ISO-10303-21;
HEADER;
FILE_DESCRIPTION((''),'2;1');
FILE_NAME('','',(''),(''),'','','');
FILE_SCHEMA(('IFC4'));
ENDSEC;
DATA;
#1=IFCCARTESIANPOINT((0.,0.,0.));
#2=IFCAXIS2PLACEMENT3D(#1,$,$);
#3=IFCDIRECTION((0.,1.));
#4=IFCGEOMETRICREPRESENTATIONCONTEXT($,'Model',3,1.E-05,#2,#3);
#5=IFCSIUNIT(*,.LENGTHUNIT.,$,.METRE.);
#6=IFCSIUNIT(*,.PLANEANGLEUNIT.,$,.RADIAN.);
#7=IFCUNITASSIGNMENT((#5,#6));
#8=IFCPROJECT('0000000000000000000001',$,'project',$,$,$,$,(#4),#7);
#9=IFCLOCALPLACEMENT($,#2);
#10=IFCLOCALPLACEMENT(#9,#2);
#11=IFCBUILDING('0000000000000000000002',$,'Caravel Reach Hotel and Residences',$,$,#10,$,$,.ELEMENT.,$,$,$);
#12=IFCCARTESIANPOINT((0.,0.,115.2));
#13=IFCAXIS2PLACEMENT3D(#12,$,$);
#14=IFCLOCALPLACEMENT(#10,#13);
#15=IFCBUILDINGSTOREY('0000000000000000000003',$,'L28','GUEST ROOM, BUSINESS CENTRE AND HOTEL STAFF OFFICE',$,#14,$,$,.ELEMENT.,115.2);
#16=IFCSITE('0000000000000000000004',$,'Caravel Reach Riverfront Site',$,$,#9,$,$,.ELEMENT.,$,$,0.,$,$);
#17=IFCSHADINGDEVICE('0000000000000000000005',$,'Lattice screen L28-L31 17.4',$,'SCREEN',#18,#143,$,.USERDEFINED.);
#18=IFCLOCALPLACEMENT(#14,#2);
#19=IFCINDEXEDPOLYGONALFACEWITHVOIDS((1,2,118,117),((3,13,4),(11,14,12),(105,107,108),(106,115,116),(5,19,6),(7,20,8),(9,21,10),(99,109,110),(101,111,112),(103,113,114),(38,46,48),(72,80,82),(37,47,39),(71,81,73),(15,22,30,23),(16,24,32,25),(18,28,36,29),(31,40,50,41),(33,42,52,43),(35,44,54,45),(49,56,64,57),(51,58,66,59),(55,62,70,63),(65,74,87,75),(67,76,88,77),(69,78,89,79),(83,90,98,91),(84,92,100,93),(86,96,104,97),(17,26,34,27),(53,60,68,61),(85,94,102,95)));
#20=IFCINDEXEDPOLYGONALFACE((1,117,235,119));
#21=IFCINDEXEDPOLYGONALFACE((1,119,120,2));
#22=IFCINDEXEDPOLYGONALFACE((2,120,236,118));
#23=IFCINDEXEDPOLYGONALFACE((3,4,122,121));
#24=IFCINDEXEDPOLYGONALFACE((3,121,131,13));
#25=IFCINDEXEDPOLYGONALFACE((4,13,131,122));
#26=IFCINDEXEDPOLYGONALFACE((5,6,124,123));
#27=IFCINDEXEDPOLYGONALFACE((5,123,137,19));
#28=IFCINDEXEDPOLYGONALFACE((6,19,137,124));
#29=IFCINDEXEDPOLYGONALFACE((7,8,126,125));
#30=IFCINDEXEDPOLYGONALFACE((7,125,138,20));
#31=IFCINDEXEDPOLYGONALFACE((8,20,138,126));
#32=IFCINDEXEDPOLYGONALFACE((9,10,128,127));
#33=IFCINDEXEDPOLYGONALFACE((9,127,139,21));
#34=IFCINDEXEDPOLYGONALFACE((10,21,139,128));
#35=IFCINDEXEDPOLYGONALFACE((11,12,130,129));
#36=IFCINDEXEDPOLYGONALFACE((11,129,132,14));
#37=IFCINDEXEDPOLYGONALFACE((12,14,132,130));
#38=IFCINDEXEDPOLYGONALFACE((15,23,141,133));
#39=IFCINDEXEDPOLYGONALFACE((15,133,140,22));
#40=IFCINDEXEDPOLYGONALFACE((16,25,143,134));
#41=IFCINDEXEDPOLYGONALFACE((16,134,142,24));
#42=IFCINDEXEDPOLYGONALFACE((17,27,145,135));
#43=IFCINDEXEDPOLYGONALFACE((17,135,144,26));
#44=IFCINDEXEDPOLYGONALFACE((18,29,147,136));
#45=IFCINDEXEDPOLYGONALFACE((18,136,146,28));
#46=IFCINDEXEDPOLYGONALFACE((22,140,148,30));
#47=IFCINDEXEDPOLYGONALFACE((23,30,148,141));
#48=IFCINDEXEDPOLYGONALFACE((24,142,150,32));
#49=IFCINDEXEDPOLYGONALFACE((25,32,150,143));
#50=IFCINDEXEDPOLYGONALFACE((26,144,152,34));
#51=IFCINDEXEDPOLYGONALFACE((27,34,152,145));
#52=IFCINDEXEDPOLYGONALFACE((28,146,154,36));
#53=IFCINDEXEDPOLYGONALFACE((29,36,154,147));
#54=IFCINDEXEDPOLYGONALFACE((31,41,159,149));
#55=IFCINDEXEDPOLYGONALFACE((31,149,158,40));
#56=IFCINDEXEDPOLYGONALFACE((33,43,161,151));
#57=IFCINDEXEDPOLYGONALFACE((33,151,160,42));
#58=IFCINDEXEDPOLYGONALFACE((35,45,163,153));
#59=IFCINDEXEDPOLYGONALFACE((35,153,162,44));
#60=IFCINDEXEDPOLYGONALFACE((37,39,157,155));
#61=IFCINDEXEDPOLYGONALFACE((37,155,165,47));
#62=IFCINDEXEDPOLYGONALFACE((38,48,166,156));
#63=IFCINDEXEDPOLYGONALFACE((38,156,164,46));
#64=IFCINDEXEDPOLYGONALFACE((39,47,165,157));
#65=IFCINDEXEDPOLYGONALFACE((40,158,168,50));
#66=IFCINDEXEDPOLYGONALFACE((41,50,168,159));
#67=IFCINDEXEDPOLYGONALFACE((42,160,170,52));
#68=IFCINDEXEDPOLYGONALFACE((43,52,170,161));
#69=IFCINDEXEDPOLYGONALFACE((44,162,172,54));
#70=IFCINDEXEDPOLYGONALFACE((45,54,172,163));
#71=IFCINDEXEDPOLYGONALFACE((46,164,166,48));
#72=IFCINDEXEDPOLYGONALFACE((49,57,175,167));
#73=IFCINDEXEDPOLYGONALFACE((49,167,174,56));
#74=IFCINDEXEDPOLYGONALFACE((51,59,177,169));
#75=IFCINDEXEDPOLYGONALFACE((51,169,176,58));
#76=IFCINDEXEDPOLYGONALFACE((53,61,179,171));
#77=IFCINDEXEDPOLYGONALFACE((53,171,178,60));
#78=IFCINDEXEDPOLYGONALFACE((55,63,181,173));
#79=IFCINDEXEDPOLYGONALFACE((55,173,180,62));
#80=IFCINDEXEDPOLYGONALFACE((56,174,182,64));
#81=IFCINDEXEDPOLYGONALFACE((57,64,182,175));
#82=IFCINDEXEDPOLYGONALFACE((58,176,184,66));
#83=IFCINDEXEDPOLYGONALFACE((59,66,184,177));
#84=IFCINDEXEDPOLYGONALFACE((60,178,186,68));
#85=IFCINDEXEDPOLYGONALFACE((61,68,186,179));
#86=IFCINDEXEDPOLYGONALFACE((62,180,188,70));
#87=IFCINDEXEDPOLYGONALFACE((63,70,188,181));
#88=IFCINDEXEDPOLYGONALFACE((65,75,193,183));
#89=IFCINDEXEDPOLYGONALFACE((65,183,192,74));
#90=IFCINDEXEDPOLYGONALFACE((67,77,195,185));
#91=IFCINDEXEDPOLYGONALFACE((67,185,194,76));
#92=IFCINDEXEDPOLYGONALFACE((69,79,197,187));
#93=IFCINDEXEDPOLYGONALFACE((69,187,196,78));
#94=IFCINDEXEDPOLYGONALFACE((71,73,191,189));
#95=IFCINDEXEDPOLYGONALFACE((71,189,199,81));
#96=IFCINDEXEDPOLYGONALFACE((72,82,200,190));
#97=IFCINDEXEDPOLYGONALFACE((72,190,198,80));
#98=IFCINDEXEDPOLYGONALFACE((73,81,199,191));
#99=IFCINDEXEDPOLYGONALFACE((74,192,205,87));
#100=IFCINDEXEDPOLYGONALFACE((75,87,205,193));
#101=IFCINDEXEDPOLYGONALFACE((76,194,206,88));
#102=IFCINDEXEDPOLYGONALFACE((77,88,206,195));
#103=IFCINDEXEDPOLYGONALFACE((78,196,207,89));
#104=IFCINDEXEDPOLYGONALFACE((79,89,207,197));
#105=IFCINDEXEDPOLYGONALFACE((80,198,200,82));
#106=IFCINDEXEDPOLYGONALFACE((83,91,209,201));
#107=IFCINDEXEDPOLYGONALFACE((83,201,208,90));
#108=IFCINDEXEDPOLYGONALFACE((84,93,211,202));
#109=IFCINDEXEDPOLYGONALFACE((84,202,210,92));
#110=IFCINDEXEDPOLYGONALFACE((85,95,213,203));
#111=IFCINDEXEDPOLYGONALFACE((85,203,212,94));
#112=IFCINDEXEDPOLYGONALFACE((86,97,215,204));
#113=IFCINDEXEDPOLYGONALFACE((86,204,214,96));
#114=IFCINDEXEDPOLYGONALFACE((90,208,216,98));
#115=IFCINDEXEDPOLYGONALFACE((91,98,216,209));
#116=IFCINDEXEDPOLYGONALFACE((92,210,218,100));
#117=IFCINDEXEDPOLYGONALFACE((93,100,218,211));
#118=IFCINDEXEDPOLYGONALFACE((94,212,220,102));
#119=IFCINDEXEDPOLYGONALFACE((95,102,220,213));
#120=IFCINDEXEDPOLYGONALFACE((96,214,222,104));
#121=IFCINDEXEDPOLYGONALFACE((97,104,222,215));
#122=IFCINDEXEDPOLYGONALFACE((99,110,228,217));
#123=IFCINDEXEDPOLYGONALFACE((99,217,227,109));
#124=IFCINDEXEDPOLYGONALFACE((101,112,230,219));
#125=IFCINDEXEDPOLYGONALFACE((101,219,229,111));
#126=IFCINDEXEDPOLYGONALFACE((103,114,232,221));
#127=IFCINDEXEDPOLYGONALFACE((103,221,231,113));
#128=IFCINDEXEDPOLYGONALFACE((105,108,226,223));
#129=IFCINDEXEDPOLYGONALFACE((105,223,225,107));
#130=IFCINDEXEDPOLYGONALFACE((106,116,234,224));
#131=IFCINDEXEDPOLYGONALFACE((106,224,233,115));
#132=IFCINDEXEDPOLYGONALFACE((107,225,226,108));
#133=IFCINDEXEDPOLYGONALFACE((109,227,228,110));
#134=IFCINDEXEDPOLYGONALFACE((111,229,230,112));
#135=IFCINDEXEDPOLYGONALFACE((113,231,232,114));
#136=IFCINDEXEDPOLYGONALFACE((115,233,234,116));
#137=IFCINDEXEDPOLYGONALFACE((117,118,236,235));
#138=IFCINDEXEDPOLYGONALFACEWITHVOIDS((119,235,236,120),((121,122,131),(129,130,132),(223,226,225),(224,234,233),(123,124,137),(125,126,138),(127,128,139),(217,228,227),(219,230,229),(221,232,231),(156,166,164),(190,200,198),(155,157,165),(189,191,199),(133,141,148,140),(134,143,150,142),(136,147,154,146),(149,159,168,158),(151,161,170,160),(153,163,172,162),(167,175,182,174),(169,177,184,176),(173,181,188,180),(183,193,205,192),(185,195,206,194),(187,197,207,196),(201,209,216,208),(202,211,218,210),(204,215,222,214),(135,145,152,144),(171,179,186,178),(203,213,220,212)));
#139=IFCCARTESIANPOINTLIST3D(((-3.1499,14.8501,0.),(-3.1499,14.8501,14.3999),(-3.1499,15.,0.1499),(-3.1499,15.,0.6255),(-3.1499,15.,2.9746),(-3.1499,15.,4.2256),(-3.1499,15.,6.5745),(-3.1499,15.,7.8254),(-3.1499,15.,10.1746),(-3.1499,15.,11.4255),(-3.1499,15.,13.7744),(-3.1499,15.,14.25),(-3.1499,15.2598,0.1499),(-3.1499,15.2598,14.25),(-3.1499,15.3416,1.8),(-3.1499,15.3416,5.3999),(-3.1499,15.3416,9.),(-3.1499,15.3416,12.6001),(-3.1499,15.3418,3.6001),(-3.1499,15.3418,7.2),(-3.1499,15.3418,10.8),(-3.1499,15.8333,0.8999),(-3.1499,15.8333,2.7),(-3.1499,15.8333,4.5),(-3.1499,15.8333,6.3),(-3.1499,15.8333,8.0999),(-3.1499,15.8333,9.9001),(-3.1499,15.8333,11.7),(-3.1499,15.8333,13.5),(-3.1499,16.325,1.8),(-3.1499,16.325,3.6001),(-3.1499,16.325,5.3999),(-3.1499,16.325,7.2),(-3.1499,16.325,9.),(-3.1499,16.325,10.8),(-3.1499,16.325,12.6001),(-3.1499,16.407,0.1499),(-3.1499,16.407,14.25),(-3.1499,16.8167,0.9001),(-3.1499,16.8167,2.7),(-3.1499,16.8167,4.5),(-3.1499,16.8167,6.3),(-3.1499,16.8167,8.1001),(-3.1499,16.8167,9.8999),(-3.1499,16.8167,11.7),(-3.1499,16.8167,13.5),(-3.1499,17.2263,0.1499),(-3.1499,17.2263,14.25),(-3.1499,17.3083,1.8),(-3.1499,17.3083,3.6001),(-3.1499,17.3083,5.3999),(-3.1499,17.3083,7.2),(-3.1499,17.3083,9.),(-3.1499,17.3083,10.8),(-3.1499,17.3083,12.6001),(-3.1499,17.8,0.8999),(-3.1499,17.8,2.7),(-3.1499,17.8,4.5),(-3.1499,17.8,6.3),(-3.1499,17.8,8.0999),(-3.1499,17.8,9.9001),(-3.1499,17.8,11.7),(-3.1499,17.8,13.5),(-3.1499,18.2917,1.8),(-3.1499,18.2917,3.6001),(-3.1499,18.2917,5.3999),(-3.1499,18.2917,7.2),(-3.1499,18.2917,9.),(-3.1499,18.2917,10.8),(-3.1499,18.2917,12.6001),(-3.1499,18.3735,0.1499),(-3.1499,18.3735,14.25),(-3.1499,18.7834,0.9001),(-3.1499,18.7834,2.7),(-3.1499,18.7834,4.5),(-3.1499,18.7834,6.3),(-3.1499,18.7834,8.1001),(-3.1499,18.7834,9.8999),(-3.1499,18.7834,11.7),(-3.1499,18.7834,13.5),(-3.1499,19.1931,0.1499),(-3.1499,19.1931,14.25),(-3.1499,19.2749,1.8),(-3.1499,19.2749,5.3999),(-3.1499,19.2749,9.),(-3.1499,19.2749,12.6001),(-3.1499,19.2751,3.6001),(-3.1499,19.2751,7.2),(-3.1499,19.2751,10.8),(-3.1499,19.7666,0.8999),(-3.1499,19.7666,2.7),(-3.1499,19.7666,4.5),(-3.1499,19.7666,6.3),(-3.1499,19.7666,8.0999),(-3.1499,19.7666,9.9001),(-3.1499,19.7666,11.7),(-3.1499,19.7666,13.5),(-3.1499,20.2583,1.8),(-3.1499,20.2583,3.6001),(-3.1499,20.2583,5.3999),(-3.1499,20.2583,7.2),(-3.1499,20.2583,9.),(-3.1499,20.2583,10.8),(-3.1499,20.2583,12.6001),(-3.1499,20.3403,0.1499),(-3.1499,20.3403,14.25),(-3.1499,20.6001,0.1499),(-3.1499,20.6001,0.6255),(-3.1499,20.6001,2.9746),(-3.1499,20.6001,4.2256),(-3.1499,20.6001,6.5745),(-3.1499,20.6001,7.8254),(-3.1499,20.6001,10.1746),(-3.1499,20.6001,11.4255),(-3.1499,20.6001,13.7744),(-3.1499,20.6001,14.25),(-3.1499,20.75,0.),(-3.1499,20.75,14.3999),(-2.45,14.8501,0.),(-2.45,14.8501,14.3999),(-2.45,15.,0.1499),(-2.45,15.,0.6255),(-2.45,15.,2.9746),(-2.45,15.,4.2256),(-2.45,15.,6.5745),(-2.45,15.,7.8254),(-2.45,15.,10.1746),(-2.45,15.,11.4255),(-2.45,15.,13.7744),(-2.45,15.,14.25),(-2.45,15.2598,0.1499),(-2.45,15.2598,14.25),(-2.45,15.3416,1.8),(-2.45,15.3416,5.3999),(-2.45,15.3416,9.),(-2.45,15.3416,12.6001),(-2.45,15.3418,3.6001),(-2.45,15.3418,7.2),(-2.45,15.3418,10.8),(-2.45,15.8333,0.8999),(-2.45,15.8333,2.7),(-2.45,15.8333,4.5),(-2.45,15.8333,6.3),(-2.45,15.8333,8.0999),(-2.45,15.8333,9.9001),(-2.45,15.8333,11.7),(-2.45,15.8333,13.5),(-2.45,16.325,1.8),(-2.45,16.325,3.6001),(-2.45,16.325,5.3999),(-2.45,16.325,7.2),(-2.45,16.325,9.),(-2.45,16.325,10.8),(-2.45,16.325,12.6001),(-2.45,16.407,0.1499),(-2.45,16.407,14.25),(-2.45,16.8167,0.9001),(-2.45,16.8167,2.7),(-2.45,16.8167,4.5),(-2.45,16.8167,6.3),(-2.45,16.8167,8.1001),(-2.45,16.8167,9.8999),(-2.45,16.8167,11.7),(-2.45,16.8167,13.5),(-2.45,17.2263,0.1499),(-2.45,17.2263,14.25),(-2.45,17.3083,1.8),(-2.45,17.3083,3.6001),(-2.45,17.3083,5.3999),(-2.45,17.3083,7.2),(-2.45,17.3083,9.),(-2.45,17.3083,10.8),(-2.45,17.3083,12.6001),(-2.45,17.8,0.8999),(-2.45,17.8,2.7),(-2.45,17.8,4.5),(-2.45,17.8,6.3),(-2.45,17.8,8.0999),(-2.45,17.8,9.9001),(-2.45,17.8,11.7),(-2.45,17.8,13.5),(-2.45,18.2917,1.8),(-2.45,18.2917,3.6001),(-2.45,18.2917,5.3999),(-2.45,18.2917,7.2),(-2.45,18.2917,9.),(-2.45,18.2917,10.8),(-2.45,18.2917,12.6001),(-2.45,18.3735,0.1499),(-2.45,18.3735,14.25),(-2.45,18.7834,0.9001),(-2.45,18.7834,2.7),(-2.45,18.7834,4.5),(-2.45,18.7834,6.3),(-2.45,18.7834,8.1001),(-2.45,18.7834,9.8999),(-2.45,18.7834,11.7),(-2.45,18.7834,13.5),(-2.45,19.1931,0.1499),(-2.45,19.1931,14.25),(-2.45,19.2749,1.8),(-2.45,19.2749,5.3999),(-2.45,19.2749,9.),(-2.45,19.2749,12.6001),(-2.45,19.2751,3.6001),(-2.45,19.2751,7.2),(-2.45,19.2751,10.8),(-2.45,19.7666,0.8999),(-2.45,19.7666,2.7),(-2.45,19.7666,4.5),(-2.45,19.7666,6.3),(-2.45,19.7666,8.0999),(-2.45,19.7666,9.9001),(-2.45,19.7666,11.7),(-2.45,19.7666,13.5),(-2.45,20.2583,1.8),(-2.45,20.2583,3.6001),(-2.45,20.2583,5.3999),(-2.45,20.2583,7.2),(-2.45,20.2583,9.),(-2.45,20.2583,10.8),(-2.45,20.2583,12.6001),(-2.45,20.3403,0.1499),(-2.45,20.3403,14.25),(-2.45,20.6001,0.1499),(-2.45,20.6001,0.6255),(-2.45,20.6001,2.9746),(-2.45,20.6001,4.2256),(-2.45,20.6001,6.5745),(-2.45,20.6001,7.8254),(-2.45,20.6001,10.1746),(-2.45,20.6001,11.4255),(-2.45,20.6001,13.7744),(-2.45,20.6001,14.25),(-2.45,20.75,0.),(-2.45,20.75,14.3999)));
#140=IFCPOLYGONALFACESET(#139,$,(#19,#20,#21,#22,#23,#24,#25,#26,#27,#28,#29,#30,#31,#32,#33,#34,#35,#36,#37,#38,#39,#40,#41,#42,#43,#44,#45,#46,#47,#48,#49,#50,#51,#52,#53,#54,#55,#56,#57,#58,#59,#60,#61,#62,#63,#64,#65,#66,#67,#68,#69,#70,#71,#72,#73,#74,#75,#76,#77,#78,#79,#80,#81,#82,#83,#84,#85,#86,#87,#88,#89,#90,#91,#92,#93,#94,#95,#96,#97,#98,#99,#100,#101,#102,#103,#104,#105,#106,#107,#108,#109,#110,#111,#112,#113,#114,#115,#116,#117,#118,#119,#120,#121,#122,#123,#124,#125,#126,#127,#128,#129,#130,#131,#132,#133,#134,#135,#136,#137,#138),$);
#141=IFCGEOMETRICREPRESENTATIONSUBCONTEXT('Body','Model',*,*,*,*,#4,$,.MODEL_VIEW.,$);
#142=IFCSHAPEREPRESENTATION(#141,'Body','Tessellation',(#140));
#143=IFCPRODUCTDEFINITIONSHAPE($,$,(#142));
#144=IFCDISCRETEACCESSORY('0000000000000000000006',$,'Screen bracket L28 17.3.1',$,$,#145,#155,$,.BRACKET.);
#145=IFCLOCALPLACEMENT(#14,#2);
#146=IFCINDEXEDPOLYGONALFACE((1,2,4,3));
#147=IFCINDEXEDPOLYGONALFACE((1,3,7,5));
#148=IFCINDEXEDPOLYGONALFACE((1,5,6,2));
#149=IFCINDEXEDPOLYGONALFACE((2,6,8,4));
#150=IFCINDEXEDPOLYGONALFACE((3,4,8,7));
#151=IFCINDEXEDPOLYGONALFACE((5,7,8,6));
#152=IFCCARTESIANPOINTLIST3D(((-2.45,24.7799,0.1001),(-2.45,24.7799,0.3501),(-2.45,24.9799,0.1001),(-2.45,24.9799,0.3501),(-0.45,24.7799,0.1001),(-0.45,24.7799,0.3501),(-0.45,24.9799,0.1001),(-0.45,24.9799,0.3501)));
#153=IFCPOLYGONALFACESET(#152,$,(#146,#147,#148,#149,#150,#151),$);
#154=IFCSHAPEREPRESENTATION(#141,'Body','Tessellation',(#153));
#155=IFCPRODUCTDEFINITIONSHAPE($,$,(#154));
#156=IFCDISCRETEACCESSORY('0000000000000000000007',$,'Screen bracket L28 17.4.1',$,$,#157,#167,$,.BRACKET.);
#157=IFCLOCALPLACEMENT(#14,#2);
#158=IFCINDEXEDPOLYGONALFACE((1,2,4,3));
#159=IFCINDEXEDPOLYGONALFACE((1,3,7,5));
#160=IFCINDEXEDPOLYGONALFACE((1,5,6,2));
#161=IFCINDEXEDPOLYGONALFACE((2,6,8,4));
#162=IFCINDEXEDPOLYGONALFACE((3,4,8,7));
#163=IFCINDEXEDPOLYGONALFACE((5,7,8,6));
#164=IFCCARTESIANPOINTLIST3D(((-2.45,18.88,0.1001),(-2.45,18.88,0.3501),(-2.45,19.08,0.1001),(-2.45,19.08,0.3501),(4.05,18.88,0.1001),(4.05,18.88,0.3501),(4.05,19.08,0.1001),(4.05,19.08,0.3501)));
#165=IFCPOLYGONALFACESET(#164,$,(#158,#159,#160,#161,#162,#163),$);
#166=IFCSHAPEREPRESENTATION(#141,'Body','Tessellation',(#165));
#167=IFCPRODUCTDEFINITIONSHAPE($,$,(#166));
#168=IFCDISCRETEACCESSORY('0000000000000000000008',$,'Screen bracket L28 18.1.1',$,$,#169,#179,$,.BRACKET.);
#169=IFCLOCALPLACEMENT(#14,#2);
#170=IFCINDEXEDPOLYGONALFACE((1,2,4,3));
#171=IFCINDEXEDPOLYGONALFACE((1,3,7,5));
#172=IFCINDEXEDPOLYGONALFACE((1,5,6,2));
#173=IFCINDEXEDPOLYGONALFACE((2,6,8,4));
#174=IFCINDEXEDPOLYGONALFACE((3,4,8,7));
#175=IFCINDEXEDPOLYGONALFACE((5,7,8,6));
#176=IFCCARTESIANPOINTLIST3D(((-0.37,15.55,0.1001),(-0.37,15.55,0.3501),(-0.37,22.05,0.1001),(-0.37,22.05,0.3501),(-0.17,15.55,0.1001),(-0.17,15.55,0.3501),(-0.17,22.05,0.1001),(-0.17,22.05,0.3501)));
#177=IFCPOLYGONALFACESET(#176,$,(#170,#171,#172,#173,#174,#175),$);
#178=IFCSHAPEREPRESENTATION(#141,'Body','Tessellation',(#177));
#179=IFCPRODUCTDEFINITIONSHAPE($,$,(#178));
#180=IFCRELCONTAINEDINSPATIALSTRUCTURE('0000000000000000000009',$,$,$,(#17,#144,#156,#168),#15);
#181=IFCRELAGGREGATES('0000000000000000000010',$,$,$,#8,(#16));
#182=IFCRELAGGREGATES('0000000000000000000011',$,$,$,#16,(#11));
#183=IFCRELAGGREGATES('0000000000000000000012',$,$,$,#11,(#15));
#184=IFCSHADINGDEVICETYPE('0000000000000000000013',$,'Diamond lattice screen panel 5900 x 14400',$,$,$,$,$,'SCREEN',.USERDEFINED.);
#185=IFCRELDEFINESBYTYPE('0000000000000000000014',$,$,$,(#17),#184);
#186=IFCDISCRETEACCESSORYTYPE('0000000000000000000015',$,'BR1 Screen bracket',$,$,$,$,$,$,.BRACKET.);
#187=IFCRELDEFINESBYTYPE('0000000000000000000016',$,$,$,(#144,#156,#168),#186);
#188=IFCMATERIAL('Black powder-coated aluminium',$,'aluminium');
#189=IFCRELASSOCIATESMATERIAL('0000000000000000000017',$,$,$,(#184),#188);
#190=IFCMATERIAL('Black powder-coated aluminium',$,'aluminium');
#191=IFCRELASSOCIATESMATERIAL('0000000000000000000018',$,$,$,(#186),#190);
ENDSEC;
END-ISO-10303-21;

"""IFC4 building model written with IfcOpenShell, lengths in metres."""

from ifc_helpers import new_model, si_unit, direction, frame, origin, origin_2d, place, context, subcontext, project, spatial, polyline, rectangle, outline, extrude, material, type_object, element, save


model = new_model("IFC4")

# Units and contexts
model_context = context("Model", 3, precision=1e-05, world=origin(), true_north=direction((0.0, 1.0)))
body_context = subcontext(model_context, "Body", "Model", "MODEL_VIEW")
ifc_project = project(units=[si_unit("LENGTHUNIT", "METRE"), si_unit("PLANEANGLEUNIT", "RADIAN")], contexts=[model_context])

# Site, building, storey
site_placement = place(None, origin())
site = spatial("IfcSite", under=ifc_project, at=site_placement, Name="Caravel Reach Riverfront Site", CompositionType="ELEMENT", RefElevation=0.0)
building_placement = place(site_placement, origin())
building = spatial("IfcBuilding", under=site, at=building_placement, Name="Caravel Reach Hotel and Residences", CompositionType="ELEMENT")
storey_placement = place(building_placement, frame((0.0, 0.0, 115.2)))
storey = spatial("IfcBuildingStorey", under=building, at=storey_placement, Name="L28", Description="GUEST ROOM, BUSINESS CENTRE AND HOTEL STAFF OFFICE", CompositionType="ELEMENT", Elevation=115.2)

# Shading device
ifc_material_1 = material(Name="Black powder-coated aluminium", Category="aluminium")
shading_device_type = type_object("IfcShadingDeviceType", Name="Diamond lattice screen panel 5900 x 14400", ElementType="SCREEN", PredefinedType="USERDEFINED", material=ifc_material_1)
shading_device_placement = place(storey_placement, frame((-2.45, 20.75, 0.0), z_axis=(-1.0, 0.0, 0.0), x_axis=(0.0, -1.0, 0.0)))
element("IfcShadingDevice", 1, at=shading_device_placement, inside=storey, type_object=shading_device_type, Name="Lattice screen L28-L31 17.4", ObjectType="SCREEN", PredefinedType="USERDEFINED", context=body_context, shape_type="SweptSolid", body=[
    extrude(outline(polyline([(0.0, 0.0), (5.8999, 0.0), (5.8999, 14.3999), (0.0, 14.3999), (0.0, 0.0)]), holes=[polyline([(0.4097, 0.1499), (0.1499, 0.6255), (0.1499, 0.1499), (0.4097, 0.1499)]), polyline([(0.4917, 3.6001), (0.1499, 4.2256), (0.1499, 2.9746), (0.4917, 3.6001)]), polyline([(0.4917, 7.2), (0.1499, 7.8254), (0.1499, 6.5745), (0.4917, 7.2)]), polyline([(0.4917, 10.8), (0.1499, 11.4255), (0.1499, 10.1746), (0.4917, 10.8)]), polyline([(0.1499, 13.7744), (0.4097, 14.25), (0.1499, 14.25), (0.1499, 13.7744)]), polyline([(0.9834, 2.7), (0.4917, 1.8), (0.9834, 0.8999), (1.4751, 1.8), (0.9834, 2.7)]), polyline([(0.9834, 6.3), (0.4917, 5.3999), (0.9834, 4.5), (1.4751, 5.3999), (0.9834, 6.3)]), polyline([(0.9834, 9.9001), (0.4917, 9.0), (0.9834, 8.0999), (1.4751, 9.0), (0.9834, 9.9001)]), polyline([(0.9834, 13.5), (0.4917, 12.6001), (0.9834, 11.7), (1.4751, 12.6001), (0.9834, 13.5)]), polyline([(1.9666, 0.9001), (1.5569, 0.1499), (2.3765, 0.1499), (1.9666, 0.9001)]), polyline([(1.9666, 4.5), (1.4749, 3.6001), (1.9666, 2.7), (2.4583, 3.6001), (1.9666, 4.5)]), polyline([(1.9666, 8.1001), (1.4749, 7.2), (1.9666, 6.3), (2.4583, 7.2), (1.9666, 8.1001)]), polyline([(1.9666, 11.7), (1.4749, 10.8), (1.9666, 9.8999), (2.4583, 10.8), (1.9666, 11.7)]), polyline([(1.9666, 13.5), (2.3765, 14.25), (1.5569, 14.25), (1.9666, 13.5)]), polyline([(2.95, 2.7), (2.4583, 1.8), (2.95, 0.8999), (3.4417, 1.8), (2.95, 2.7)]), polyline([(2.95, 6.3), (2.4583, 5.3999), (2.95, 4.5), (3.4417, 5.3999), (2.95, 6.3)]), polyline([(2.95, 9.9001), (2.4583, 9.0), (2.95, 8.0999), (3.4417, 9.0), (2.95, 9.9001)]), polyline([(2.95, 13.5), (2.4583, 12.6001), (2.95, 11.7), (3.4417, 12.6001), (2.95, 13.5)]), polyline([(3.9333, 0.9001), (3.5237, 0.1499), (4.343, 0.1499), (3.9333, 0.9001)]), polyline([(3.9333, 4.5), (3.4417, 3.6001), (3.9333, 2.7), (4.425, 3.6001), (3.9333, 4.5)]), polyline([(3.9333, 8.1001), (3.4417, 7.2), (3.9333, 6.3), (4.425, 7.2), (3.9333, 8.1001)]), polyline([(3.9333, 11.7), (3.4417, 10.8), (3.9333, 9.8999), (4.425, 10.8), (3.9333, 11.7)]), polyline([(3.9333, 13.5), (4.343, 14.25), (3.5237, 14.25), (3.9333, 13.5)]), polyline([(4.9167, 2.7), (4.425, 1.8), (4.9167, 0.8999), (5.4084, 1.8), (4.9167, 2.7)]), polyline([(4.9167, 6.3), (4.425, 5.3999), (4.9167, 4.5), (5.4084, 5.3999), (4.9167, 6.3)]), polyline([(4.9167, 9.9001), (4.425, 9.0), (4.9167, 8.0999), (5.4084, 9.0), (4.9167, 9.9001)]), polyline([(4.9167, 13.5), (4.425, 12.6001), (4.9167, 11.7), (5.4084, 12.6001), (4.9167, 13.5)]), polyline([(5.75, 0.6255), (5.4902, 0.1499), (5.75, 0.1499), (5.75, 0.6255)]), polyline([(5.4082, 3.6001), (5.75, 2.9746), (5.75, 4.2256), (5.4082, 3.6001)]), polyline([(5.4082, 7.2), (5.75, 6.5745), (5.75, 7.8254), (5.4082, 7.2)]), polyline([(5.4082, 10.8), (5.75, 10.1746), (5.75, 11.4255), (5.4082, 10.8)]), polyline([(5.4902, 14.25), (5.75, 13.7744), (5.75, 14.25), (5.4902, 14.25)])]), origin(), (0.0, 0.0, 1.0), 0.7),
])

# Discrete accessories
ifc_material_2 = material(Name="Black powder-coated aluminium", Category="aluminium")
discrete_accessory_type = type_object("IfcDiscreteAccessoryType", Name="BR1 Screen bracket", PredefinedType="BRACKET", material=ifc_material_2)
discrete_accessory_placement = place(storey_placement, frame((-1.45, 24.8799, 0.1001), z_axis=(0.0, 0.0, 1.0), x_axis=(-1.0, 0.0, 0.0)))
element("IfcDiscreteAccessory", 2, at=discrete_accessory_placement, inside=storey, type_object=discrete_accessory_type, Name="Screen bracket L28 17.3.1", PredefinedType="BRACKET", context=body_context, shape_type="SweptSolid", body=[
    extrude(rectangle(XDim=2.0, YDim=0.2, at=origin_2d()), origin(), (0.0, 0.0, 1.0), 0.25),
])
for number, where, z_axis, x_axis, name in (
    (3, (0.8, 18.98, 0.1001), (0.0, 0.0, 1.0), (-1.0, 0.0, 0.0), "Screen bracket L28 17.4.1"),
    (4, (-0.27, 18.8, 0.1001), (0.0, 0.0, 1.0), (0.0, -1.0, 0.0), "Screen bracket L28 18.1.1"),
):
    element("IfcDiscreteAccessory", number, at=place(storey_placement, frame(where, z_axis=z_axis, x_axis=x_axis)), inside=storey, type_object=discrete_accessory_type, Name=name, PredefinedType="BRACKET", context=body_context, shape_type="SweptSolid", body=[
        extrude(rectangle(XDim=6.5, YDim=0.2, at=origin_2d()), origin(), (0.0, 0.0, 1.0), 0.25),
    ])

save(model, "model.ifc")
